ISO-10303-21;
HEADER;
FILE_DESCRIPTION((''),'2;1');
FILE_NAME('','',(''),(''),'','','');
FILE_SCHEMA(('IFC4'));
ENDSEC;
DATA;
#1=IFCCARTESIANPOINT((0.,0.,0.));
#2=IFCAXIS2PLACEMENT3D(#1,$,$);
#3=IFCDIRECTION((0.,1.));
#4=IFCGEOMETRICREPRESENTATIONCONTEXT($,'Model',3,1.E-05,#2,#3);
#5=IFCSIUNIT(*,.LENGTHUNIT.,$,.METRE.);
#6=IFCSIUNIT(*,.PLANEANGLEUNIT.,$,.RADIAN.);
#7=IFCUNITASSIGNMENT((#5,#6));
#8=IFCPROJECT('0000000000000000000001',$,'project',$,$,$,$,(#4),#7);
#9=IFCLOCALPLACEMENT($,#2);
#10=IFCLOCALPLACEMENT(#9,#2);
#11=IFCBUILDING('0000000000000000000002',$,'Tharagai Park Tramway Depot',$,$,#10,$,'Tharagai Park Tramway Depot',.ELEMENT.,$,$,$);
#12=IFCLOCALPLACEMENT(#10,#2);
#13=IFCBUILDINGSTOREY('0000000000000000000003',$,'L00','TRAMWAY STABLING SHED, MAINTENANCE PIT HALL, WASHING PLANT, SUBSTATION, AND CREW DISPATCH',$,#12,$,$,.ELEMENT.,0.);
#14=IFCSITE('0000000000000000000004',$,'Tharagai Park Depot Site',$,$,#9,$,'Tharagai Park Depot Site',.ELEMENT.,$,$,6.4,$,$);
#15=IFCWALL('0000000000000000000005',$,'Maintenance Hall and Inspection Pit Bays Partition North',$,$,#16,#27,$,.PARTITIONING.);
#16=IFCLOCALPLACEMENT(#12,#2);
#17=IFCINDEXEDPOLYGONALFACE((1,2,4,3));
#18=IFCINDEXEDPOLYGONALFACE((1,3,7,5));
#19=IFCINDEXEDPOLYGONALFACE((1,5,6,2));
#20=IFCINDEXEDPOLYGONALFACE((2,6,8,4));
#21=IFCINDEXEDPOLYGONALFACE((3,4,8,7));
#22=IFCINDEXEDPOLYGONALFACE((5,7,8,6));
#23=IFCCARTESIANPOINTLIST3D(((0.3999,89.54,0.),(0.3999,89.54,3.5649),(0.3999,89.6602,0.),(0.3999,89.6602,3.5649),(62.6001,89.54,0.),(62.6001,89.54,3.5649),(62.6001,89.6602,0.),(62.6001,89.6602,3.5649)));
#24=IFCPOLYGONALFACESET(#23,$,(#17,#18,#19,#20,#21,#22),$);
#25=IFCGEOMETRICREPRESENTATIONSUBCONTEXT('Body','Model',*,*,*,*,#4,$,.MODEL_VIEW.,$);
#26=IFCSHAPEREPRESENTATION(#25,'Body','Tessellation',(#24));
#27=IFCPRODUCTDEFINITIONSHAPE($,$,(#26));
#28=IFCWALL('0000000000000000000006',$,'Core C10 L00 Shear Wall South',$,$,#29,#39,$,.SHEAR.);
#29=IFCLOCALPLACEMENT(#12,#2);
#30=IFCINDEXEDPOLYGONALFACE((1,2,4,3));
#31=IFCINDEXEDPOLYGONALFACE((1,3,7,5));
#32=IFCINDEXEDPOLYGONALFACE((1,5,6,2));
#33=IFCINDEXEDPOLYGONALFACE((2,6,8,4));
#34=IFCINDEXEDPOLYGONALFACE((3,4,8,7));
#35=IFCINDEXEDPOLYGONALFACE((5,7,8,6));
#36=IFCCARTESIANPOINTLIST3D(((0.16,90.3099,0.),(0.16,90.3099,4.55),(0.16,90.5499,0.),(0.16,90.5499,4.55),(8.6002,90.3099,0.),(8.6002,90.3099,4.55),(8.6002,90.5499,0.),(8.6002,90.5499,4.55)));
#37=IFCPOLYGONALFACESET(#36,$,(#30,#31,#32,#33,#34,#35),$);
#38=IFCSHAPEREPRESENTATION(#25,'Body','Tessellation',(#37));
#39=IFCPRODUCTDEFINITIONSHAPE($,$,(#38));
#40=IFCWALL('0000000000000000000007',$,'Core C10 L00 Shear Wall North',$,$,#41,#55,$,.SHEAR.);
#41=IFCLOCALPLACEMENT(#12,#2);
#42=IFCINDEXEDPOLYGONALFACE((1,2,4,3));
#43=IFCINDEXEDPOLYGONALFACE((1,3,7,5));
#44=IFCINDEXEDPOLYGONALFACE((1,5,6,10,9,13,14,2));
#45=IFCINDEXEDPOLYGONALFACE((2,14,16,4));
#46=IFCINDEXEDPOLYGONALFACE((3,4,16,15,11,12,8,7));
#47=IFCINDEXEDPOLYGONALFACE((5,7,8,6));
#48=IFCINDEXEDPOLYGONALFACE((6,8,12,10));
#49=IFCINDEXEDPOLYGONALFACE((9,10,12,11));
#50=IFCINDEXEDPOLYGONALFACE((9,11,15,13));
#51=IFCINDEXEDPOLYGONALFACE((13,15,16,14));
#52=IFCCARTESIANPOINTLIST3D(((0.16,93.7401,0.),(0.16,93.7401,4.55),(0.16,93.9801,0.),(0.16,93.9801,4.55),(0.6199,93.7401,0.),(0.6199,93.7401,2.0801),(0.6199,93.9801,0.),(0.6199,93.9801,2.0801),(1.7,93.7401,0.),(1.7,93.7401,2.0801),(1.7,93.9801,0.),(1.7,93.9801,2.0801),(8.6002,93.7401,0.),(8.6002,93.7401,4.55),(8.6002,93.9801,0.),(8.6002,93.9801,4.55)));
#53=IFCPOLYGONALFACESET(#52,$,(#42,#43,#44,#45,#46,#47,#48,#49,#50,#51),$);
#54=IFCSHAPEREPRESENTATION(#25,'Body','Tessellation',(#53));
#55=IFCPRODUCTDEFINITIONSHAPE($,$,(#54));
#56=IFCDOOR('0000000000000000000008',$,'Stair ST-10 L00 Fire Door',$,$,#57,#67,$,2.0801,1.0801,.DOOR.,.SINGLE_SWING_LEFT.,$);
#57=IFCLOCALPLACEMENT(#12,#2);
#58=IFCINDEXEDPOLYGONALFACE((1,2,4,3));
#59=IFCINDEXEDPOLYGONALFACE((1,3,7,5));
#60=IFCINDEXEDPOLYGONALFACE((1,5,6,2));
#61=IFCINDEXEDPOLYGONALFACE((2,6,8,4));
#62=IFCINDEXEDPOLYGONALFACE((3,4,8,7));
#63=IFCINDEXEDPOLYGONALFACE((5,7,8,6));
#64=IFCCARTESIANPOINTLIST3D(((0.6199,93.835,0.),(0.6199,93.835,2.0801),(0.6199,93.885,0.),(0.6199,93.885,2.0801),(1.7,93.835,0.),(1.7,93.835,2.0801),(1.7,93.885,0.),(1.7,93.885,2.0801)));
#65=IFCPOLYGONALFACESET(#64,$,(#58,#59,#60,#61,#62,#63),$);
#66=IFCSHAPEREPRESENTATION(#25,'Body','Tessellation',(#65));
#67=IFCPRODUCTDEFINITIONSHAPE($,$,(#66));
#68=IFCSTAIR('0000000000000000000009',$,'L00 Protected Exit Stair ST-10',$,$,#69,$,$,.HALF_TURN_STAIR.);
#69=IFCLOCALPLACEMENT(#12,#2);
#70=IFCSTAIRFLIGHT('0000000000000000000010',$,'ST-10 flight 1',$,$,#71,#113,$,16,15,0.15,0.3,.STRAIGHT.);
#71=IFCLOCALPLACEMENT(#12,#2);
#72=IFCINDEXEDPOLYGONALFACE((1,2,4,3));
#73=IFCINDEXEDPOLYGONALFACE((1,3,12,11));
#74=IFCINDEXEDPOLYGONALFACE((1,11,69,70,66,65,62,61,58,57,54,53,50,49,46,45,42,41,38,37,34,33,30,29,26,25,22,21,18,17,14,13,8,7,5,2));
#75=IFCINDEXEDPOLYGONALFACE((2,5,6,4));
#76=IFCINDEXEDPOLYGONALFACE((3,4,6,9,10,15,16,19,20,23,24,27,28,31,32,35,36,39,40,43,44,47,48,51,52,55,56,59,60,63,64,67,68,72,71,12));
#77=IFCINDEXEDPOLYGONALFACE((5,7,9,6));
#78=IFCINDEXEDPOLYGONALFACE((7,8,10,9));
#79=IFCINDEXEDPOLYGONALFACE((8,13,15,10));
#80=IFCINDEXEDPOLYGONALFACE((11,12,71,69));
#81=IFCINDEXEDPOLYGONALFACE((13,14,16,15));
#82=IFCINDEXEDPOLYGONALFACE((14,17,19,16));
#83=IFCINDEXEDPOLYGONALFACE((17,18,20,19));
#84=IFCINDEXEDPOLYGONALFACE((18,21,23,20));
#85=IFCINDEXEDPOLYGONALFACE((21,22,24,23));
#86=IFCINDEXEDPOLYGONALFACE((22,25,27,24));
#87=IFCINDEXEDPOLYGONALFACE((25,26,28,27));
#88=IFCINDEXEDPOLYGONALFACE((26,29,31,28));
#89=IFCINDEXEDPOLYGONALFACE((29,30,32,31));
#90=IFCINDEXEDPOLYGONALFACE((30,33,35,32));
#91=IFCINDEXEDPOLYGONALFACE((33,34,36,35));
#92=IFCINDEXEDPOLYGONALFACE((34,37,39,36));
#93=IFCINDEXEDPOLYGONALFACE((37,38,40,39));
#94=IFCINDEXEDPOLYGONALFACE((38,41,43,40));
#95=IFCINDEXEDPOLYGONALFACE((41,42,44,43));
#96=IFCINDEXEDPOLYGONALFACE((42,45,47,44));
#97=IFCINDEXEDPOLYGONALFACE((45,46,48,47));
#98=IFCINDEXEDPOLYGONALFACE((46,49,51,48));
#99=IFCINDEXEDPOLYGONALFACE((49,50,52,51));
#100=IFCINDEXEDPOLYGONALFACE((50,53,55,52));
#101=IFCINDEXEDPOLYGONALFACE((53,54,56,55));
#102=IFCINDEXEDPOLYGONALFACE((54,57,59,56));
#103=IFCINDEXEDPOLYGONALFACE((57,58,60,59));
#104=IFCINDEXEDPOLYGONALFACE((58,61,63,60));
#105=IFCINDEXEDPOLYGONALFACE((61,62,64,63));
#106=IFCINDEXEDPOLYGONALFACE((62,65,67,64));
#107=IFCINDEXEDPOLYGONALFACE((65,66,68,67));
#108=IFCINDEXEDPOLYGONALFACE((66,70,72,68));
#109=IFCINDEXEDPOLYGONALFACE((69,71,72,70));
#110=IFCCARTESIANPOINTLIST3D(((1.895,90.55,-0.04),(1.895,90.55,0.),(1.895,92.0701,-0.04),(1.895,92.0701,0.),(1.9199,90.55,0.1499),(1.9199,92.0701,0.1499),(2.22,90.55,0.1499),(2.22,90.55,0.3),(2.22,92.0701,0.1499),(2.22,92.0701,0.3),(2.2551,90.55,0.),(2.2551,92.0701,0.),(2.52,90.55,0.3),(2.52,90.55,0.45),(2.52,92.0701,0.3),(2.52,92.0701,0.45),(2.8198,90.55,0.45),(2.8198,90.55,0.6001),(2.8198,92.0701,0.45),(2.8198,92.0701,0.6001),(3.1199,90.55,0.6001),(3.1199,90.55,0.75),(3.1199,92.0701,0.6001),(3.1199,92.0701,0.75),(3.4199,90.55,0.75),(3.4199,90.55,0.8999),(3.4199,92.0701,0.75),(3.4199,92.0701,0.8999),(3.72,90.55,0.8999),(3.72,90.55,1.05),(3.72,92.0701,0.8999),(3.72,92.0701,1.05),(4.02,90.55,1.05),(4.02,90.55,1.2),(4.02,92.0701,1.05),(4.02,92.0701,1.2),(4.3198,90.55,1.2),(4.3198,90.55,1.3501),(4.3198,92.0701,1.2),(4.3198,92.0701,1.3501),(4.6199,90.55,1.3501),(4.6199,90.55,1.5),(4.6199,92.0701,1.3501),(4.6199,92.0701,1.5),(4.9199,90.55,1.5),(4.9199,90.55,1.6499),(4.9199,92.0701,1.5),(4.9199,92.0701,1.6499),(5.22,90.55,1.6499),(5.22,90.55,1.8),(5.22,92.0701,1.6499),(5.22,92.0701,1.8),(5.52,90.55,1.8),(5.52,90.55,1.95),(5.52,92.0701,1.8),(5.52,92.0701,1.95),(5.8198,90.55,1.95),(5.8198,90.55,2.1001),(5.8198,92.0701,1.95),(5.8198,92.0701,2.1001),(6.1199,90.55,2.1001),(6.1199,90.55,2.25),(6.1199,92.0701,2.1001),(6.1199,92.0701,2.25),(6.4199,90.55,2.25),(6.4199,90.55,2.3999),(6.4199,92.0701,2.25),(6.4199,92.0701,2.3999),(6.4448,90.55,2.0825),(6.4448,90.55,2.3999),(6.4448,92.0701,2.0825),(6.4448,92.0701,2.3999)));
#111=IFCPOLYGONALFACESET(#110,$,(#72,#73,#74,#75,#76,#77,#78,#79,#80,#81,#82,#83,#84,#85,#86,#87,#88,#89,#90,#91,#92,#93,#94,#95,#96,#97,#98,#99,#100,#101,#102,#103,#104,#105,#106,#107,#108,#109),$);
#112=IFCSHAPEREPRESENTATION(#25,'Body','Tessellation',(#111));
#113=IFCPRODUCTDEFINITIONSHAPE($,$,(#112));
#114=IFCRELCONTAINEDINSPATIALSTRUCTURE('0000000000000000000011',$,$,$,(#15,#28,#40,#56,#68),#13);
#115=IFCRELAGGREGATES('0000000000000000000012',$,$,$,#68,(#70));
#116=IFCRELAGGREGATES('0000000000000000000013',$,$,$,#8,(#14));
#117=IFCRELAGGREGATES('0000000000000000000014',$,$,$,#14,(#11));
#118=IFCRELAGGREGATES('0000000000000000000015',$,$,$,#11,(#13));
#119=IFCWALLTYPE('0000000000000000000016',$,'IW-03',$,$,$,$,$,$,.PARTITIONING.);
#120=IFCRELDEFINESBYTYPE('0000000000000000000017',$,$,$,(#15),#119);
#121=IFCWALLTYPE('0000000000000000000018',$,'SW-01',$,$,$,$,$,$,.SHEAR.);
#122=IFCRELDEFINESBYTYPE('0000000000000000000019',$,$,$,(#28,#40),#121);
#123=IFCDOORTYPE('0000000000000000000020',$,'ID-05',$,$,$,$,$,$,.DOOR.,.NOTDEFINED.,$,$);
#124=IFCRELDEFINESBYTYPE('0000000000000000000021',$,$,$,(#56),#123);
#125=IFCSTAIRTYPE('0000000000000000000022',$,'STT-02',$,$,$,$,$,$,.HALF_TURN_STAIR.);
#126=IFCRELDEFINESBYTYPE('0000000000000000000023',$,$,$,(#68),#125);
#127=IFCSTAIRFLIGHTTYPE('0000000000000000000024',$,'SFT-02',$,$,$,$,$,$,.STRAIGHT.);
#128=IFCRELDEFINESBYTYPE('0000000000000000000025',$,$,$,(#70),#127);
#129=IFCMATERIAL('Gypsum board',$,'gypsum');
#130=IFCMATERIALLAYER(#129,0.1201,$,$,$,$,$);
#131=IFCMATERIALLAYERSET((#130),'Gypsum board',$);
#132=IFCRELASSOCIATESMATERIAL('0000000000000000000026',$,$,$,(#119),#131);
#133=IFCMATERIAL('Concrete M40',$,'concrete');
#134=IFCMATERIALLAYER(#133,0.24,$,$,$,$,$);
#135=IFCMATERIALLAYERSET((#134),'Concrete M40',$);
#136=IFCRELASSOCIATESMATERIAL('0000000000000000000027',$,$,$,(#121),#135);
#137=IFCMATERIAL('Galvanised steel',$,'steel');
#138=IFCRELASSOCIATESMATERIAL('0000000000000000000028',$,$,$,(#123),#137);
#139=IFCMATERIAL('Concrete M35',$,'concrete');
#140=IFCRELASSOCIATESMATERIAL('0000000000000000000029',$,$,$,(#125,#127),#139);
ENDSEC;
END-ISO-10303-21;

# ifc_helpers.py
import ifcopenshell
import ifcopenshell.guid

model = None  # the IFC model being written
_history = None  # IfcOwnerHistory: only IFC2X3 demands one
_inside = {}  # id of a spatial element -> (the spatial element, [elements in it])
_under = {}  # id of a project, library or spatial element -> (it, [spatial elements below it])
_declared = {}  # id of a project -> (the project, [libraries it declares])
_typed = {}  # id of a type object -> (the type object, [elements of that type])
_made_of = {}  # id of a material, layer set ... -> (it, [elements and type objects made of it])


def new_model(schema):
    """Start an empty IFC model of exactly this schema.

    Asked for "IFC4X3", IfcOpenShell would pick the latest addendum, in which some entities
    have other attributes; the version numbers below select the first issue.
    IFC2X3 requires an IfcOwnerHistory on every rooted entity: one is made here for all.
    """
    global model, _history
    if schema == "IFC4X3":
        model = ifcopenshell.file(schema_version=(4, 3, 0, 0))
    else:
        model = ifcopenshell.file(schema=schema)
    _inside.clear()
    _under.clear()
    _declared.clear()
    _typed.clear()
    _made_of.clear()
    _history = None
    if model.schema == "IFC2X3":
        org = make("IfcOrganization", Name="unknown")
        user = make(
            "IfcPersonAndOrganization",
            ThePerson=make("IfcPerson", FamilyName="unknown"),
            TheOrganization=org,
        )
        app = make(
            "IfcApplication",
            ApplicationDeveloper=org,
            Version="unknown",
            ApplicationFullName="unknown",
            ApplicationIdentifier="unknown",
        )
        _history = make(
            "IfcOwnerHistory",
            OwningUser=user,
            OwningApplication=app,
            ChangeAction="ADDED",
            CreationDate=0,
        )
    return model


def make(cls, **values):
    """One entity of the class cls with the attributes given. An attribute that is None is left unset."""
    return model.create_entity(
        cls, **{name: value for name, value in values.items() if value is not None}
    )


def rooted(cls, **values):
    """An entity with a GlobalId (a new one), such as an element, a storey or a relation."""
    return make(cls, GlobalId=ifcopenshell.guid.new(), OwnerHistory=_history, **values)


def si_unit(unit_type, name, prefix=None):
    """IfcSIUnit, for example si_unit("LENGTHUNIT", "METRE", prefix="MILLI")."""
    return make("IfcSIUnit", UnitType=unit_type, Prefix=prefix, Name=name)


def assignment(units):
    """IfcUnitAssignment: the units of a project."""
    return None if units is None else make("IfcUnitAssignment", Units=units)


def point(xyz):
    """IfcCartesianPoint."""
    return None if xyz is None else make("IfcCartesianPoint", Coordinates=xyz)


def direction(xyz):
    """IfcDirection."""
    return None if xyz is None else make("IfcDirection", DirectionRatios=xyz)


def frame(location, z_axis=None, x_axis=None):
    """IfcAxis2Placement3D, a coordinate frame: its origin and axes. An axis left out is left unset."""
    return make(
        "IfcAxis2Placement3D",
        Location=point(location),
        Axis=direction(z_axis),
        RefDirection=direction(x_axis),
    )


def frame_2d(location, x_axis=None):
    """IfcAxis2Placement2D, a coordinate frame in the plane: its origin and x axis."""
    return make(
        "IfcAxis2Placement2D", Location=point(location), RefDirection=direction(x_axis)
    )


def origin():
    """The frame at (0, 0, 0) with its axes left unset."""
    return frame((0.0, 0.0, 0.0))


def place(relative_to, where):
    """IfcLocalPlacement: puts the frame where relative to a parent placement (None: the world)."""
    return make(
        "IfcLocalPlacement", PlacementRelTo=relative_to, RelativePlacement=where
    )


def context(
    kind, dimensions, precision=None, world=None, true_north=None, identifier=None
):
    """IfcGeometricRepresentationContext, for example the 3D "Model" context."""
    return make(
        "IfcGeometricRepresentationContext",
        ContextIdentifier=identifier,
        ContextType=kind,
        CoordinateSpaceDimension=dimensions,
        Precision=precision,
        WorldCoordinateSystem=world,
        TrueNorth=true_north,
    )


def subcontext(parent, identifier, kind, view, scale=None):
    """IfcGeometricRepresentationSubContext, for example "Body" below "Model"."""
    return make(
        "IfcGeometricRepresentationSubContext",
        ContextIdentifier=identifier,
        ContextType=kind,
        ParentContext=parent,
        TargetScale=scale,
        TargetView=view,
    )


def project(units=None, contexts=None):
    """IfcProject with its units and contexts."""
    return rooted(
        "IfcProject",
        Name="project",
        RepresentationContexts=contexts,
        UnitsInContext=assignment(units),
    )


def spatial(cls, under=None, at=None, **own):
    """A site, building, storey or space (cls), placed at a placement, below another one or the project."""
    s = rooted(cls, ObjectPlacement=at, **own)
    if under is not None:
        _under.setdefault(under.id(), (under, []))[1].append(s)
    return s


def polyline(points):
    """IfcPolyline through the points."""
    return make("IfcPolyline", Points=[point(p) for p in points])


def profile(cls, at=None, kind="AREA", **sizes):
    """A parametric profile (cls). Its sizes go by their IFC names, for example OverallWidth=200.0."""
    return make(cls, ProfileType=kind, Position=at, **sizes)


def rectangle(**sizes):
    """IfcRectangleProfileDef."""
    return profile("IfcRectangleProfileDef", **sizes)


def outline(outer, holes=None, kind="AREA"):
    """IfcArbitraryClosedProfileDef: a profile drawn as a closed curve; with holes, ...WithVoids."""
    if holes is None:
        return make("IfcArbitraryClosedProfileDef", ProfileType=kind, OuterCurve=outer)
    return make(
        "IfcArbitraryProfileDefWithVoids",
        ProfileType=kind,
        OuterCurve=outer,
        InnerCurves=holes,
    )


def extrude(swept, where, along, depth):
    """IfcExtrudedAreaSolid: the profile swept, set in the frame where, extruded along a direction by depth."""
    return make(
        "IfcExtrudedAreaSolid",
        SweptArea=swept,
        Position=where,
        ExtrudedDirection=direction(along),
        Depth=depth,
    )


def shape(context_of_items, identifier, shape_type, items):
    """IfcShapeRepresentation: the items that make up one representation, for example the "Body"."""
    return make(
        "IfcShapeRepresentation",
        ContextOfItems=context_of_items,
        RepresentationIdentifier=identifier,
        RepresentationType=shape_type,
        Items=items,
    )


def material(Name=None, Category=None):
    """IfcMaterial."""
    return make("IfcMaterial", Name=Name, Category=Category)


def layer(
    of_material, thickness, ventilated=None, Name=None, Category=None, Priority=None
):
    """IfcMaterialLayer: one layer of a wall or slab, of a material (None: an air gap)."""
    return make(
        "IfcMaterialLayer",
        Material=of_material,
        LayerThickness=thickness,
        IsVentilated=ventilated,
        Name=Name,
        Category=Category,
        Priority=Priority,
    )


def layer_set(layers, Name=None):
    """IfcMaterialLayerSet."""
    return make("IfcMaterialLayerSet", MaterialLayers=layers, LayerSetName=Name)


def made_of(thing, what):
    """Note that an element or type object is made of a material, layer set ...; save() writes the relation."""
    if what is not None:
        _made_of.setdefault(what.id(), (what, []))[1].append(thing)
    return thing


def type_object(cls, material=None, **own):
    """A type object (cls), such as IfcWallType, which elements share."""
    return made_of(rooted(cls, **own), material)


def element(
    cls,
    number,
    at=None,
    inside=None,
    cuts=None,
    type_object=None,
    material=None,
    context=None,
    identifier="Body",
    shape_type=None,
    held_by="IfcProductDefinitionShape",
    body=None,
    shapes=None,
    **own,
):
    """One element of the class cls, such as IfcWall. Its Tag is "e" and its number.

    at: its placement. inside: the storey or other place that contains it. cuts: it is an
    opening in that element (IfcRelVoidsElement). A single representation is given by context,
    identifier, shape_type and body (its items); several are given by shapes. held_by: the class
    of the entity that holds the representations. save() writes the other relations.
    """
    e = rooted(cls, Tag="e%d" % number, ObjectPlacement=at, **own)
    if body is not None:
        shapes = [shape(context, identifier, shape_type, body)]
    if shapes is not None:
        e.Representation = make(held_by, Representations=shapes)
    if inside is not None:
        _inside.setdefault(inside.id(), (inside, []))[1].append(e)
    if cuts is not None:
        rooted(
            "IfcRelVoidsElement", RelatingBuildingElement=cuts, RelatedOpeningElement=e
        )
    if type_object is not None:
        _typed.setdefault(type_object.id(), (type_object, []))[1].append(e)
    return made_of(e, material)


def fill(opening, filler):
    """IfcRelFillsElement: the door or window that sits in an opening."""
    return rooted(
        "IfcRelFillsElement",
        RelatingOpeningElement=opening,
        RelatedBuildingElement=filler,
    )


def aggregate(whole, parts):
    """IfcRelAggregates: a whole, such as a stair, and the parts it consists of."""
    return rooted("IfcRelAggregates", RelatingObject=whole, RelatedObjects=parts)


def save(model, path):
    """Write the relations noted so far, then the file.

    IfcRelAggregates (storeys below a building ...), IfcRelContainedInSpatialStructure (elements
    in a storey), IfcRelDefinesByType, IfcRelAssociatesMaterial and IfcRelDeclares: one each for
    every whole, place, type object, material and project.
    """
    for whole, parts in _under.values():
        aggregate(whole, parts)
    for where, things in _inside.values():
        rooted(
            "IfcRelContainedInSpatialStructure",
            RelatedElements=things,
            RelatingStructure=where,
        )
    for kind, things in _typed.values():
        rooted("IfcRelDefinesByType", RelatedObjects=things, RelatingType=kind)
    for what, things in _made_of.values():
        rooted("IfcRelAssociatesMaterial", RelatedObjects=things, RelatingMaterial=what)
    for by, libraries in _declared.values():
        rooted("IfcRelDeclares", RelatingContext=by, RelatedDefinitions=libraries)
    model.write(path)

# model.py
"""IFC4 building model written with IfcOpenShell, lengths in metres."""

from ifc_helpers import new_model, si_unit, direction, frame, frame_2d, origin, place, context, subcontext, project, spatial, polyline, rectangle, outline, extrude, material, layer, layer_set, type_object, element, fill, aggregate, save


model = new_model("IFC4")

# Units and contexts
model_context = context("Model", 3, precision=1e-05, world=origin(), true_north=direction((0.0, 1.0)))
body_context = subcontext(model_context, "Body", "Model", "MODEL_VIEW")
ifc_project = project(units=[si_unit("LENGTHUNIT", "METRE"), si_unit("PLANEANGLEUNIT", "RADIAN")], contexts=[model_context])

# Site, building, storey
site_placement = place(None, origin())
site = spatial("IfcSite", under=ifc_project, at=site_placement, Name="Tharagai Park Depot Site", LongName="Tharagai Park Depot Site", CompositionType="ELEMENT", RefElevation=6.4)
building_placement = place(site_placement, origin())
building = spatial("IfcBuilding", under=site, at=building_placement, Name="Tharagai Park Tramway Depot", LongName="Tharagai Park Tramway Depot", CompositionType="ELEMENT")
storey_placement = place(building_placement, origin())
storey = spatial("IfcBuildingStorey", under=building, at=storey_placement, Name="L00", Description="TRAMWAY STABLING SHED, MAINTENANCE PIT HALL, WASHING PLANT, SUBSTATION, AND CREW DISPATCH", CompositionType="ELEMENT", Elevation=0.0)

# Shared definitions
ifc_material_1 = material(Name="Concrete M40", Category="concrete")

# Shared definitions
ifc_material_2 = material(Name="Gypsum board", Category="gypsum")
ifc_layer_1 = layer(ifc_material_2, 0.1201)
ifc_layer_set_1 = layer_set([ifc_layer_1], Name="Gypsum board")
wall_type_1 = type_object("IfcWallType", Name="IW-03", PredefinedType="PARTITIONING", material=ifc_layer_set_1)

# Walls
wall_1_placement = place(storey_placement, frame((0.3999, 89.6001, 0.0), z_axis=(0.0, 0.0, 1.0), x_axis=(1.0, 0.0, 0.0)))
element("IfcWall", 1, at=wall_1_placement, inside=storey, type_object=wall_type_1, Name="Maintenance Hall and Inspection Pit Bays Partition North", PredefinedType="PARTITIONING", context=body_context, shape_type="SweptSolid", body=[
    extrude(rectangle(XDim=62.2002, YDim=0.1201, at=frame_2d((31.1001, 0.0))), origin(), (0.0, 0.0, 1.0), 3.5649),
])
ifc_layer_2 = layer(ifc_material_1, 0.24)
ifc_layer_set_2 = layer_set([ifc_layer_2], Name="Concrete M40")
wall_type_2 = type_object("IfcWallType", Name="SW-01", PredefinedType="SHEAR", material=ifc_layer_set_2)
wall_2_placement = place(storey_placement, frame((0.1599, 90.4299, 0.0), z_axis=(0.0, 0.0, 1.0), x_axis=(1.0, 0.0, 0.0)))
element("IfcWall", 2, at=wall_2_placement, inside=storey, type_object=wall_type_2, Name="Core C10 L00 Shear Wall South", PredefinedType="SHEAR", context=body_context, shape_type="SweptSolid", body=[
    extrude(rectangle(XDim=8.4402, YDim=0.24, at=frame_2d((4.2202, 0.0))), origin(), (0.0, 0.0, 1.0), 4.55),
])

# Wall, opening, door
wall_3_placement = place(storey_placement, frame((0.1599, 93.8601, 0.0), z_axis=(0.0, 0.0, 1.0), x_axis=(1.0, 0.0, 0.0)))
wall_3 = element("IfcWall", 3, at=wall_3_placement, inside=storey, type_object=wall_type_2, Name="Core C10 L00 Shear Wall North", PredefinedType="SHEAR", context=body_context, shape_type="SweptSolid", body=[
    extrude(rectangle(XDim=8.4402, YDim=0.24, at=frame_2d((4.2202, 0.0))), origin(), (0.0, 0.0, 1.0), 4.55),
])
opening_1_placement = place(wall_3_placement, frame((0.46, 0.0, 0.0)))
opening_1 = element("IfcOpeningElement", 4, at=opening_1_placement, cuts=wall_3, PredefinedType="OPENING", context=body_context, shape_type="SweptSolid", body=[
    extrude(rectangle(XDim=1.0801, YDim=2.0801, at=frame_2d((0.54, 1.04))), frame((0.0, 0.1299, 0.0), z_axis=(0.0, -1.0, 0.0), x_axis=(1.0, 0.0, 0.0)), (0.0, 0.0, 1.0), 0.26),
])
ifc_material_3 = material(Name="Galvanised steel", Category="steel")
door_type_1 = type_object("IfcDoorType", Name="ID-05", OperationType="NOTDEFINED", PredefinedType="DOOR", material=ifc_material_3)
door_1_placement = place(opening_1_placement, origin())
door_1 = element("IfcDoor", 5, at=door_1_placement, inside=storey, type_object=door_type_1, Name="Stair ST-10 L00 Fire Door", OperationType="SINGLE_SWING_LEFT", OverallHeight=2.0801, OverallWidth=1.0801, PredefinedType="DOOR", context=body_context, shape_type="SweptSolid", body=[
    extrude(rectangle(XDim=1.0801, YDim=2.0801, at=frame_2d((0.54, 1.04))), frame((0.0, 0.0249, 0.0), z_axis=(0.0, -1.0, 0.0), x_axis=(1.0, 0.0, 0.0)), (0.0, 0.0, 1.0), 0.05),
])
fill(opening_1, door_1)

# Stair, stair flight
ifc_material_4 = material(Name="Concrete M35", Category="concrete")
stair_type = type_object("IfcStairType", Name="STT-02", PredefinedType="HALF_TURN_STAIR", material=ifc_material_4)
stair_placement = place(storey_placement, origin())
stair = element("IfcStair", 6, at=stair_placement, inside=storey, type_object=stair_type, Name="L00 Protected Exit Stair ST-10", PredefinedType="HALF_TURN_STAIR")
stair_flight_type = type_object("IfcStairFlightType", Name="SFT-02", PredefinedType="STRAIGHT", material=ifc_material_4)
stair_flight_placement = place(storey_placement, frame((1.9199, 91.3101, 0.0), z_axis=(0.0, 0.0, 1.0), x_axis=(1.0, 0.0, 0.0)))
stair_flight = element("IfcStairFlight", 7, at=stair_flight_placement, type_object=stair_flight_type, Name="ST-10 flight 1", NumberOfRisers=16, NumberOfTreads=15, PredefinedType="STRAIGHT", RiserHeight=0.15, TreadLength=0.3, context=body_context, shape_type="SweptSolid", body=[
    extrude(outline(polyline([(-0.0249, 0.0), (0.0, 0.1499), (0.3, 0.1499), (0.3, 0.3), (0.6001, 0.3), (0.6001, 0.45), (0.8999, 0.45), (0.8999, 0.6001), (1.2, 0.6001), (1.2, 0.75), (1.5, 0.75), (1.5, 0.8999), (1.8, 0.8999), (1.8, 1.05), (2.1001, 1.05), (2.1001, 1.2), (2.3999, 1.2), (2.3999, 1.3501), (2.7, 1.3501), (2.7, 1.5), (3.0, 1.5), (3.0, 1.6499), (3.3, 1.6499), (3.3, 1.8), (3.6001, 1.8), (3.6001, 1.95), (3.8999, 1.95), (3.8999, 2.1001), (4.2, 2.1001), (4.2, 2.25), (4.5, 2.25), (4.5, 2.3999), (4.5249, 2.3999), (4.5249, 2.0825), (0.3352, 0.0), (-0.0249, -0.04), (-0.0249, 0.0)])), frame((0.0, 0.76, 0.0), z_axis=(0.0, -1.0, 0.0), x_axis=(1.0, 0.0, 0.0)), (0.0, 0.0, 1.0), 1.52),
])
aggregate(stair, [stair_flight])

save(model, "model.ifc")
